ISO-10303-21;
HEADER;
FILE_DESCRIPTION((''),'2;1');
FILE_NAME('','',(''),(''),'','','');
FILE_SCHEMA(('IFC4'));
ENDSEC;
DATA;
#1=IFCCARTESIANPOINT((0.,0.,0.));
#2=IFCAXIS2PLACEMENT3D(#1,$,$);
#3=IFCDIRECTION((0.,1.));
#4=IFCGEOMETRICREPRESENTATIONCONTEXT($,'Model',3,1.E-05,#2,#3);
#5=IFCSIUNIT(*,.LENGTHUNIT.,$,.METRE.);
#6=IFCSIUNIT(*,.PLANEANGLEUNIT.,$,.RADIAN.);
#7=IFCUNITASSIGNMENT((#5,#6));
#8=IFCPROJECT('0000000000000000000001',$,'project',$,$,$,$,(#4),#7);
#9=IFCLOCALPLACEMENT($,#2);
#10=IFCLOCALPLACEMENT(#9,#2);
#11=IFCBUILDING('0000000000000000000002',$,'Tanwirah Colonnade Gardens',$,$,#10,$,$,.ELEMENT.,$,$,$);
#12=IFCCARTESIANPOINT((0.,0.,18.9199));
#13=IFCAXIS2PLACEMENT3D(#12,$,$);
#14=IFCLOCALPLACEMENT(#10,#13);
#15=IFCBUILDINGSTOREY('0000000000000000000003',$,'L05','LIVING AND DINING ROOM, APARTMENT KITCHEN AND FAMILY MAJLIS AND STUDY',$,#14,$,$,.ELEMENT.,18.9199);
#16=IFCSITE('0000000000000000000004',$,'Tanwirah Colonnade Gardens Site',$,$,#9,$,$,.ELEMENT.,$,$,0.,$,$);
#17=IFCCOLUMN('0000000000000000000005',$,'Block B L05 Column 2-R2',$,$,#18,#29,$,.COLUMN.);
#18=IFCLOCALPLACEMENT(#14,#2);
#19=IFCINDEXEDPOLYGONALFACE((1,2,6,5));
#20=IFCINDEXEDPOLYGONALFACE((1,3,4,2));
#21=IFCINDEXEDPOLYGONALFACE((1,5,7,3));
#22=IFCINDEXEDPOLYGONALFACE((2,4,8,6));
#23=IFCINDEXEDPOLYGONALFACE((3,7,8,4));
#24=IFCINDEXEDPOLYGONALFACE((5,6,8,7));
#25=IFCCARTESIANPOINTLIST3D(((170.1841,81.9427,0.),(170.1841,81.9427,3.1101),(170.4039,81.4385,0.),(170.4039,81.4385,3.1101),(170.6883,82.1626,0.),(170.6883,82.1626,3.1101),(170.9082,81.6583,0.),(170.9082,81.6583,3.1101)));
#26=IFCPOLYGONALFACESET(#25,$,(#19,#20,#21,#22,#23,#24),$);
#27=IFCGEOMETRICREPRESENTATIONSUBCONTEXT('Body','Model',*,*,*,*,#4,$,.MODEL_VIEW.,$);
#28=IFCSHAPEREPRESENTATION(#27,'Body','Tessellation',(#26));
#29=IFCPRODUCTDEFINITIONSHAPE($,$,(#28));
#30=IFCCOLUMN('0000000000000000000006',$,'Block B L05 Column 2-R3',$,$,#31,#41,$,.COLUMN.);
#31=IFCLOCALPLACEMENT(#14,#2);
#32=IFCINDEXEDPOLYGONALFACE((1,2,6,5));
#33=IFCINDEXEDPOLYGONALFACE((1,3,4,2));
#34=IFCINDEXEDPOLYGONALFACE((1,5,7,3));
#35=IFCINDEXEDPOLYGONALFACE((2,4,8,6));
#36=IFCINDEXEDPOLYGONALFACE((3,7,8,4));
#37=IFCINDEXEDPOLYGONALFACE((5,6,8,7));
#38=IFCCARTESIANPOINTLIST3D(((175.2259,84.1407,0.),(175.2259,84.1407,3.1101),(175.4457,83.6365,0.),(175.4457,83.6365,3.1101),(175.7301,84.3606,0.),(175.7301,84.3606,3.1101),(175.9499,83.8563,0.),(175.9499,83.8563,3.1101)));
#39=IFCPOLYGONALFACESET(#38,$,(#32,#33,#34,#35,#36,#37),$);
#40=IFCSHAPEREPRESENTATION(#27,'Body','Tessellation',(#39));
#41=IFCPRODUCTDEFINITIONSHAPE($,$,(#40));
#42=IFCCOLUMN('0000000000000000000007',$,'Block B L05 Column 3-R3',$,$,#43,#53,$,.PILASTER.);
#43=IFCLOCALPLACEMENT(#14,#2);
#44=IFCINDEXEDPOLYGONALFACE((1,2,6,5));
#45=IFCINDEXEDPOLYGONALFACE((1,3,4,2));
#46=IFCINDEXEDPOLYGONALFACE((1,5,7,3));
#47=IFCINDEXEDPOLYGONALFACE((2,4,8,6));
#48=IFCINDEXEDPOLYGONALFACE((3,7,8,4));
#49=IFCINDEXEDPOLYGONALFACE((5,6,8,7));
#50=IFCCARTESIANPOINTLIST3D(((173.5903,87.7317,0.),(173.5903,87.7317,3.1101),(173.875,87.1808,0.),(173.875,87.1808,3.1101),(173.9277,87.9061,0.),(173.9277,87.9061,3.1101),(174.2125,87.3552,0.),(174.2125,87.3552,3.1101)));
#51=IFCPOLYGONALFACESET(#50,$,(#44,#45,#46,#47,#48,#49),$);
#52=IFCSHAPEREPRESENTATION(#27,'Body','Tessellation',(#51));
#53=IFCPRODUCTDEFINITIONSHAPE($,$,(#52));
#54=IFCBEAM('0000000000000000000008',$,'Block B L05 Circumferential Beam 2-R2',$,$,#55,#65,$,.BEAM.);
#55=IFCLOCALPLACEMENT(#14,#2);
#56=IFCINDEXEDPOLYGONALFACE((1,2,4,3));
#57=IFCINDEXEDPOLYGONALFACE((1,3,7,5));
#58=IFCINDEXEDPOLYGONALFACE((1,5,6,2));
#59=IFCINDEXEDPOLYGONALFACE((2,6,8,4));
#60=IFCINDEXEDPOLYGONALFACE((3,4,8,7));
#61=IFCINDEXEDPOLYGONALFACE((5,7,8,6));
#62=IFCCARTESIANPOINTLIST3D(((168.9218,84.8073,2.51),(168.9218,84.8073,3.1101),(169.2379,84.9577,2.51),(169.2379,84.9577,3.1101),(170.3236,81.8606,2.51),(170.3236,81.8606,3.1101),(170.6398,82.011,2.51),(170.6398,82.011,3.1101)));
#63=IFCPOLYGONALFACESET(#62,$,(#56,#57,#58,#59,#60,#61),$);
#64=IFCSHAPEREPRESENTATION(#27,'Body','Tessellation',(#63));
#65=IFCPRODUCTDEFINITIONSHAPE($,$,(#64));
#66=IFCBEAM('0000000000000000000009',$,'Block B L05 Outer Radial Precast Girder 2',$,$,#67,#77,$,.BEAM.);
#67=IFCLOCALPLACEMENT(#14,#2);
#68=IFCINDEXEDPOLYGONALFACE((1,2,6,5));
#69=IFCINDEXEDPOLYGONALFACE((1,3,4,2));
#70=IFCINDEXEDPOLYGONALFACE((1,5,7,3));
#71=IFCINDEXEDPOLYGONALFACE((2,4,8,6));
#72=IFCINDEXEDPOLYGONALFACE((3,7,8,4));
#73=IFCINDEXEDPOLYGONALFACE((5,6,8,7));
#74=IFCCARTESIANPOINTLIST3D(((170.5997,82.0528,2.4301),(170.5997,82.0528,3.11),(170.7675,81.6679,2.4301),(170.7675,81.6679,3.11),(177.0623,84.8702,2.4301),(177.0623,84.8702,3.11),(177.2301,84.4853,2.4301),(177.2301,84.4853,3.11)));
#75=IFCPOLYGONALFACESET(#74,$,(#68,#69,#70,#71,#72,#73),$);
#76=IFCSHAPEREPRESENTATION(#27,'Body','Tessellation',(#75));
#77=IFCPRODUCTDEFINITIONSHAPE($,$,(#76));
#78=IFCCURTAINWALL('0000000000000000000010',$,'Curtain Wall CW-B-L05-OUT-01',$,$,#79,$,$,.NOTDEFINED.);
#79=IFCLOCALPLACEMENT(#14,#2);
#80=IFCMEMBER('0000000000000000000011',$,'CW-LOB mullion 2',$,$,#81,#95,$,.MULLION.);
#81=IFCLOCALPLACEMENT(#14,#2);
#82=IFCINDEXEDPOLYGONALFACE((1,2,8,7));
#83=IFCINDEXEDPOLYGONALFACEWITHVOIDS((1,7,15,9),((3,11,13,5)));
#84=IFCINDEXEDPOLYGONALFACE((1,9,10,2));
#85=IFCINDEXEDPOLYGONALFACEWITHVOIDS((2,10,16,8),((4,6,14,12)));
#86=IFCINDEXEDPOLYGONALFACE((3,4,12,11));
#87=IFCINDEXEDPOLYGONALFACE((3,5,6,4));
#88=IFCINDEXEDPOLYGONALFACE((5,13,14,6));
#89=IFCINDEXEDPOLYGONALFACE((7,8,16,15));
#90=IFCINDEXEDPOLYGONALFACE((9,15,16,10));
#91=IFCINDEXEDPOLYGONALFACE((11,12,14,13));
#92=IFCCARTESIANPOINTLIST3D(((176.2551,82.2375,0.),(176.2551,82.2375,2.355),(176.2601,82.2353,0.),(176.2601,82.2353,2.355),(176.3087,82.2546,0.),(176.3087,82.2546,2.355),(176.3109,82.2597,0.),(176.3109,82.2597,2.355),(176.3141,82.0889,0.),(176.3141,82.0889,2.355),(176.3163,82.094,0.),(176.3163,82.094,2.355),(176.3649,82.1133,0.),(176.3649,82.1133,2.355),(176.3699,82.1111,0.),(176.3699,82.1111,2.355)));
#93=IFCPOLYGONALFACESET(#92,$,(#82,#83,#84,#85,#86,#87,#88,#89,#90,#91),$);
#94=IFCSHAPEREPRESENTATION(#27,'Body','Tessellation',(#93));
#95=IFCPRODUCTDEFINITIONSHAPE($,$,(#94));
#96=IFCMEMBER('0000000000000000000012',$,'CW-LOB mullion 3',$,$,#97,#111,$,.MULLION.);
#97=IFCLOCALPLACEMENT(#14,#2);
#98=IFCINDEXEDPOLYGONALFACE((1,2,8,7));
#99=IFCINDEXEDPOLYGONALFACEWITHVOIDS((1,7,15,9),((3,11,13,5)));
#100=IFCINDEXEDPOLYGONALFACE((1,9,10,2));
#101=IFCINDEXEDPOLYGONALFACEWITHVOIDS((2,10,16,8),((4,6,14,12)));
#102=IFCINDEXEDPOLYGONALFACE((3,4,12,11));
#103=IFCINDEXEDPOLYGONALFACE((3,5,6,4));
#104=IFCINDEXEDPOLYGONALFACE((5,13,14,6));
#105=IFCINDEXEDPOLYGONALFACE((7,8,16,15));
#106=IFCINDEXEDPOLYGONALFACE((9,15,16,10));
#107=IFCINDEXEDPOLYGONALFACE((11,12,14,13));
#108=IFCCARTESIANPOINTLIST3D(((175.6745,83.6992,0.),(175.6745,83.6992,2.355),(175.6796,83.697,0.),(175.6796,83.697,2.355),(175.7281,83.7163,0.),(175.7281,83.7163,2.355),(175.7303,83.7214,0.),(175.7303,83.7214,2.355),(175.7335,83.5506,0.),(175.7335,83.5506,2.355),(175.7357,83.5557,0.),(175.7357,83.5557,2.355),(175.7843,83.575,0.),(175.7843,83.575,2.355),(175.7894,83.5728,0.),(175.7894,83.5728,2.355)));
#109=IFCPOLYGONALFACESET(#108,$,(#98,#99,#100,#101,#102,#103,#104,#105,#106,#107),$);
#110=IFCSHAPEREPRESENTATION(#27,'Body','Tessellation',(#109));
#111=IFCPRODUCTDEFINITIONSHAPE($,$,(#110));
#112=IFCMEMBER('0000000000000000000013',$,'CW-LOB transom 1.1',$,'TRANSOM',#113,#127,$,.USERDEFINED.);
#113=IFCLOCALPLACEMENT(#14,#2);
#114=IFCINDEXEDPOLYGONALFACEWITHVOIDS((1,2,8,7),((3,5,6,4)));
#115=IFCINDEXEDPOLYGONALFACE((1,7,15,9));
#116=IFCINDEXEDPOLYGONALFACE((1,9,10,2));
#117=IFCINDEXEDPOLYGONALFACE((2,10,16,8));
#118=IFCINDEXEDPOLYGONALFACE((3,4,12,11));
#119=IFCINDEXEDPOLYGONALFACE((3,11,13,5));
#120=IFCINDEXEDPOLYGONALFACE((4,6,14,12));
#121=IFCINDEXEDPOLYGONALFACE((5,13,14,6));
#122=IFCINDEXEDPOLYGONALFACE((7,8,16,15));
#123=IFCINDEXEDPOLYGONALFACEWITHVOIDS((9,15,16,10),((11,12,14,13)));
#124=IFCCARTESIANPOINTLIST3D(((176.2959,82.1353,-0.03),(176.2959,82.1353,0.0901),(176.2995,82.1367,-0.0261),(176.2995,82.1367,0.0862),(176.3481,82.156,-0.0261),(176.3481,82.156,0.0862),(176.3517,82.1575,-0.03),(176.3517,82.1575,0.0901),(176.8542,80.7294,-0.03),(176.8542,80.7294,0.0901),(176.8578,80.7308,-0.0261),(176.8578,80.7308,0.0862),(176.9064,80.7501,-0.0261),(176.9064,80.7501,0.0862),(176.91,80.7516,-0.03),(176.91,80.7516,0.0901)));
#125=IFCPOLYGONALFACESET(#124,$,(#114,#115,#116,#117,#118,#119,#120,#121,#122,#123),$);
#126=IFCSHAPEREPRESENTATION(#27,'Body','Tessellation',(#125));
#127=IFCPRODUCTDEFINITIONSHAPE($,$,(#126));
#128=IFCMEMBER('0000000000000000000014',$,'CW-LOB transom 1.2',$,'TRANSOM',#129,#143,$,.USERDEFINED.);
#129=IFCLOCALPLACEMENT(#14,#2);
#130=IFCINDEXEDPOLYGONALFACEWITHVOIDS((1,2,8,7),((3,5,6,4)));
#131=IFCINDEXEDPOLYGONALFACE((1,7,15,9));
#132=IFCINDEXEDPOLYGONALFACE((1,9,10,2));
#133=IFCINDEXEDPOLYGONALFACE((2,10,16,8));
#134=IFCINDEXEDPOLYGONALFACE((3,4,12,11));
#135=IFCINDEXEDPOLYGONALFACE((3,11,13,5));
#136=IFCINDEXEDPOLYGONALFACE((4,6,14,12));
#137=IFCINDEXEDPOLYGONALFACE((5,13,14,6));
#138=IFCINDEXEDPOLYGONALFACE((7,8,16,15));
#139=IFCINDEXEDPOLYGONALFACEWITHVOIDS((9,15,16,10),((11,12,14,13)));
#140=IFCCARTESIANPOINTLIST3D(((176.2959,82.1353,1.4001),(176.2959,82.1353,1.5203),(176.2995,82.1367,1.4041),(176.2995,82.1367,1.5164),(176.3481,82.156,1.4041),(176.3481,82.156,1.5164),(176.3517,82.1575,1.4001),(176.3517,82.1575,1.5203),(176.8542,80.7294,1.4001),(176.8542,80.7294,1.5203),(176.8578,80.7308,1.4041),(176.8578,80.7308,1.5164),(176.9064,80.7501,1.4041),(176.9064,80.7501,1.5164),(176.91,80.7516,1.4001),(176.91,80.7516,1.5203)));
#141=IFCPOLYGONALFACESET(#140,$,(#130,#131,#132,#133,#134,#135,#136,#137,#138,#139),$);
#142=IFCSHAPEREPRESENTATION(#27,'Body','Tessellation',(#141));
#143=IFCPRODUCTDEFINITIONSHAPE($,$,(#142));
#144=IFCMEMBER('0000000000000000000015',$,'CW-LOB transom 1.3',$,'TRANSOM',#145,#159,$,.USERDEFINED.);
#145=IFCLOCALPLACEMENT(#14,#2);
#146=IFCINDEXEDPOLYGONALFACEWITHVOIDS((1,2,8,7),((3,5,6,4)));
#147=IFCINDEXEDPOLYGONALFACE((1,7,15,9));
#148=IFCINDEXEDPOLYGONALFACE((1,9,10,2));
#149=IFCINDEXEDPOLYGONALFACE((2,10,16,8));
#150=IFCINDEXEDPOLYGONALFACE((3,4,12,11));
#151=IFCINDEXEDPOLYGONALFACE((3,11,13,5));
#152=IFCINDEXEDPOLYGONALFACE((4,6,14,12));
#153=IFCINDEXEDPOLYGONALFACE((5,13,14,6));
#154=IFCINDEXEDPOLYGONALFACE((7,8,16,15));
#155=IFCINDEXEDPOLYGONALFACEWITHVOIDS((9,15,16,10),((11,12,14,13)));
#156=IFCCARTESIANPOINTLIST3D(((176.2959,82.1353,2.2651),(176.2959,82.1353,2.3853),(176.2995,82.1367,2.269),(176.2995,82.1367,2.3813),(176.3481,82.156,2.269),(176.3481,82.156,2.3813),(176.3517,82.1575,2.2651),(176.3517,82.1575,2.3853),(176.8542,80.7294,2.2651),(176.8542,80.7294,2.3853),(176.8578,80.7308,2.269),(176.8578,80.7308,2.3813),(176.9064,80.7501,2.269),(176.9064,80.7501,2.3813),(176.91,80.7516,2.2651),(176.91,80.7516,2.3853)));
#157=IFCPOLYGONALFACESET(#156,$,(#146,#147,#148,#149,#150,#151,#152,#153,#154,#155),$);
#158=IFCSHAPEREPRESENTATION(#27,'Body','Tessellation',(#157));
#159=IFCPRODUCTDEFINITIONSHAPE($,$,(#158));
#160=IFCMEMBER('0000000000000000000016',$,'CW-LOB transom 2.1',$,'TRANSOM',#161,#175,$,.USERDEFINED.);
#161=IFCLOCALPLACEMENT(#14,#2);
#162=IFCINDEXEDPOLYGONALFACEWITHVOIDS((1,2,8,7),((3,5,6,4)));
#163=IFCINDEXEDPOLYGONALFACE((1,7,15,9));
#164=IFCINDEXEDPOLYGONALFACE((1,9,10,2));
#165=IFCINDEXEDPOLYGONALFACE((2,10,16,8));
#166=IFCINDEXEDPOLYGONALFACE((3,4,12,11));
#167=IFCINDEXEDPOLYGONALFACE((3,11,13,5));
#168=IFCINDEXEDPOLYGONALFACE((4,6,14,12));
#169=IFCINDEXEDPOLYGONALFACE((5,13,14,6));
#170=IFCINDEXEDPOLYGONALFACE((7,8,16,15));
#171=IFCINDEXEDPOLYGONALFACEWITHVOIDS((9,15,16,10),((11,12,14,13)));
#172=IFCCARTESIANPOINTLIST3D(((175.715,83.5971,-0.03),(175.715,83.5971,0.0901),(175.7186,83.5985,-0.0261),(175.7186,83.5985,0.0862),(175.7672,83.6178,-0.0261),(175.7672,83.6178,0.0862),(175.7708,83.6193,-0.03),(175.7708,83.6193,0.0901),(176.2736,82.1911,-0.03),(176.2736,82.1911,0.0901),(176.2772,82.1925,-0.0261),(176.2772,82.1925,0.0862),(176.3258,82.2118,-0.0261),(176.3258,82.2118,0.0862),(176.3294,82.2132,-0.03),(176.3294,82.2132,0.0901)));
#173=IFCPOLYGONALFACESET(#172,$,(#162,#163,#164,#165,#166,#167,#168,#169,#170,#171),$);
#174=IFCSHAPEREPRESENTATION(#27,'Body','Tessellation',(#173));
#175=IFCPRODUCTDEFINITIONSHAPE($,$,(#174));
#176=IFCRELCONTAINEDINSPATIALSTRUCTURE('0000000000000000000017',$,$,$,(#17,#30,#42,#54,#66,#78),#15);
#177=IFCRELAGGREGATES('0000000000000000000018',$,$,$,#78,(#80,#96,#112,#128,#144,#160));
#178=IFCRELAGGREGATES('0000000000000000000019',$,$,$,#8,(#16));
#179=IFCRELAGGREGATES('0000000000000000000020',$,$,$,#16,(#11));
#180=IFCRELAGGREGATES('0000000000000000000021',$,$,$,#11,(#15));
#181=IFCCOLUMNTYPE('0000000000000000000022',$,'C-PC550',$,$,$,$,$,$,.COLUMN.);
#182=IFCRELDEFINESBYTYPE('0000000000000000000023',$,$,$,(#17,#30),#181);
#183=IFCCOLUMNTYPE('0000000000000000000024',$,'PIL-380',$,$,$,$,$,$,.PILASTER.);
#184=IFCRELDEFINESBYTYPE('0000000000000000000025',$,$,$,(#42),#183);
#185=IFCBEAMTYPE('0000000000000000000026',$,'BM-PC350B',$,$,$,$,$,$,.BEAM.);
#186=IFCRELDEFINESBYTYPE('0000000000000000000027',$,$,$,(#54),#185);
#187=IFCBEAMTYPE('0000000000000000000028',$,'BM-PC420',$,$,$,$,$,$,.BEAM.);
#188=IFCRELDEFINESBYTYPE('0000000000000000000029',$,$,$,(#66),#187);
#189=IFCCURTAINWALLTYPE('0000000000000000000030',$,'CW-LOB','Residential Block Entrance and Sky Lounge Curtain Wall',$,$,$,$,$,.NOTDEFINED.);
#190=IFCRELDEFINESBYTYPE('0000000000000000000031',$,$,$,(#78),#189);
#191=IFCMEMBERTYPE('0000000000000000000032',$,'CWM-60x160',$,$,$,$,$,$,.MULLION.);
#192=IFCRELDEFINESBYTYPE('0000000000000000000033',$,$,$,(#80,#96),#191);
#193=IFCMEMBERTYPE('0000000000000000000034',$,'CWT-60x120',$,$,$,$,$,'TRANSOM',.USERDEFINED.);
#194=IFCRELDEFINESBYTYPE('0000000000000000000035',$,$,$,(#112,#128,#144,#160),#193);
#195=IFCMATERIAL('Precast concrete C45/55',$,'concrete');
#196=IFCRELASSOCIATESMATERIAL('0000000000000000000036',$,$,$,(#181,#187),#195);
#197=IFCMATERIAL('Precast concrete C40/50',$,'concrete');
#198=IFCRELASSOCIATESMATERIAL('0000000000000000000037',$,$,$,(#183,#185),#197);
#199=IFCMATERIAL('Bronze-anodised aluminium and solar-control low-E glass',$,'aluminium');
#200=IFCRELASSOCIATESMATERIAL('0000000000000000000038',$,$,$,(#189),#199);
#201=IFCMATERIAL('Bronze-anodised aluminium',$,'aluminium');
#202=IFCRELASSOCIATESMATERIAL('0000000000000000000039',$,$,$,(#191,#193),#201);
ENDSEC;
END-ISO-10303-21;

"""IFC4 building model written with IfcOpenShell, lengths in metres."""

from ifc_helpers import new_model, si_unit, direction, frame, origin, origin_2d, place, context, subcontext, project, spatial, rectangle, hollow_rectangle, extrude, material, material_profile, profile_set, type_object, element, aggregate, save


model = new_model("IFC4")

# Units and contexts
model_context = context("Model", 3, precision=1e-05, world=origin(), true_north=direction((0.0, 1.0)))
body_context = subcontext(model_context, "Body", "Model", "MODEL_VIEW")
ifc_project = project(units=[si_unit("LENGTHUNIT", "METRE"), si_unit("PLANEANGLEUNIT", "RADIAN")], contexts=[model_context])

# Site, building, storey
site_placement = place(None, origin())
site = spatial("IfcSite", under=ifc_project, at=site_placement, Name="Tanwirah Colonnade Gardens Site", CompositionType="ELEMENT", RefElevation=0.0)
building_placement = place(site_placement, origin())
building = spatial("IfcBuilding", under=site, at=building_placement, Name="Tanwirah Colonnade Gardens", CompositionType="ELEMENT")
storey_placement = place(building_placement, frame((0.0, 0.0, 18.9199)))
storey = spatial("IfcBuildingStorey", under=building, at=storey_placement, Name="L05", Description="LIVING AND DINING ROOM, APARTMENT KITCHEN AND FAMILY MAJLIS AND STUDY", CompositionType="ELEMENT", Elevation=18.9199)

# Columns
ifc_material_1 = material(Name="Precast concrete C45/55", Category="concrete")
ifc_material_profile_1 = material_profile(ifc_material_1, rectangle(XDim=0.55, YDim=0.55, at=origin_2d()), Name="PC-COL 550x550")
ifc_profile_set_1 = profile_set([ifc_material_profile_1], Name="Precast concrete C45/55")
column_type_1 = type_object("IfcColumnType", Name="C-PC550", PredefinedType="COLUMN", material=ifc_profile_set_1)
for number, where, z_axis, x_axis, name in (
    (1, (170.5461, 81.8005, 0.0), (0.0, 0.0, 1.0), (0.916673, 0.399638, 0.0), "Block B L05 Column 2-R2"),
    (2, (175.5879, 83.9985, 0.0), (0.0, 0.0, 1.0), (0.916673, 0.399638, 0.0), "Block B L05 Column 2-R3"),
):
    element("IfcColumn", number, at=place(storey_placement, frame(where, z_axis=z_axis, x_axis=x_axis)), inside=storey, type_object=column_type_1, Name=name, PredefinedType="COLUMN", context=body_context, shape_type="SweptSolid", body=[
        extrude(rectangle(XDim=0.55, YDim=0.55, at=origin_2d()), origin(), (0.0, 0.0, 1.0), 3.1101),
    ])
ifc_material_2 = material(Name="Precast concrete C40/50", Category="concrete")
ifc_material_profile_2 = material_profile(ifc_material_2, rectangle(XDim=0.3799, YDim=0.6201, at=origin_2d()), Name="PC-PIL 380x620")
ifc_profile_set_2 = profile_set([ifc_material_profile_2], Name="Precast concrete C40/50")
column_type_2 = type_object("IfcColumnType", Name="PIL-380", PredefinedType="PILASTER", material=ifc_profile_set_2)
column_placement = place(storey_placement, frame((173.9014, 87.5435, 0.0), z_axis=(0.0, 0.0, 1.0), x_axis=(0.88835, 0.459166, 0.0)))
element("IfcColumn", 3, at=column_placement, inside=storey, type_object=column_type_2, Name="Block B L05 Column 3-R3", PredefinedType="PILASTER", context=body_context, shape_type="SweptSolid", body=[
    extrude(rectangle(XDim=0.3799, YDim=0.6201, at=origin_2d()), origin(), (0.0, 0.0, 1.0), 3.1101),
])

# Beams
ifc_material_profile_3 = material_profile(ifc_material_2, rectangle(XDim=0.3501, YDim=0.6001, at=origin_2d()), Name="PC-BM 350x600")
ifc_profile_set_3 = profile_set([ifc_material_profile_3], Name="Precast concrete C40/50")
beam_type_1 = type_object("IfcBeamType", Name="BM-PC350B", PredefinedType="BEAM", material=ifc_profile_set_3)
beam_1_placement = place(storey_placement, frame((170.4817, 81.9358, 2.8101), z_axis=(-0.429591, 0.903024, 0.0), x_axis=(-0.903024, -0.429591, 0.0)))
element("IfcBeam", 4, at=beam_1_placement, inside=storey, type_object=beam_type_1, Name="Block B L05 Circumferential Beam 2-R2", PredefinedType="BEAM", context=body_context, shape_type="SweptSolid", body=[
    extrude(rectangle(XDim=0.3501, YDim=0.6001, at=origin_2d()), origin(), (0.0, 0.0, 1.0), 3.2632),
])
ifc_material_profile_4 = material_profile(ifc_material_1, rectangle(XDim=0.4199, YDim=0.6799, at=origin_2d()), Name="PC-BM 420x680")
ifc_profile_set_4 = profile_set([ifc_material_profile_4], Name="Precast concrete C45/55")
beam_type_2 = type_object("IfcBeamType", Name="BM-PC420", PredefinedType="BEAM", material=ifc_profile_set_4)
beam_2_placement = place(storey_placement, frame((170.6836, 81.8604, 2.77), z_axis=(0.916679, 0.399625, 0.0), x_axis=(-0.399625, 0.916679, 0.0)))
element("IfcBeam", 5, at=beam_2_placement, inside=storey, type_object=beam_type_2, Name="Block B L05 Outer Radial Precast Girder 2", PredefinedType="BEAM", context=body_context, shape_type="SweptSolid", body=[
    extrude(rectangle(XDim=0.4199, YDim=0.6799, at=origin_2d()), origin(), (0.0, 0.0, 1.0), 7.05),
])

# Curtain wall, members
ifc_material_3 = material(Name="Bronze-anodised aluminium and solar-control low-E glass", Category="aluminium")
curtain_wall_type = type_object("IfcCurtainWallType", Name="CW-LOB", Description="Residential Block Entrance and Sky Lounge Curtain Wall", PredefinedType="NOTDEFINED", material=ifc_material_3)
curtain_wall_placement = place(storey_placement, origin())
curtain_wall = element("IfcCurtainWall", 6, at=curtain_wall_placement, inside=storey, type_object=curtain_wall_type, Name="Curtain Wall CW-B-L05-OUT-01", PredefinedType="NOTDEFINED")
ifc_material_4 = material(Name="Bronze-anodised aluminium", Category="aluminium")
ifc_material_profile_5 = material_profile(ifc_material_4, hollow_rectangle(XDim=0.0601, YDim=0.1599, WallThickness=0.0039, at=origin_2d()), Name="CW-MUL 60x160x4")
ifc_profile_set_5 = profile_set([ifc_material_profile_5], Name="Bronze-anodised aluminium")
member_type_1 = type_object("IfcMemberType", Name="CWM-60x160", PredefinedType="MULLION", material=ifc_profile_set_5)
member_1_placement = place(storey_placement, frame((176.3125, 82.1743, 0.0), z_axis=(0.0, 0.0, 1.0), x_axis=(-0.929348, -0.369206, 0.0)))
member_1 = element("IfcMember", 7, at=member_1_placement, type_object=member_type_1, Name="CW-LOB mullion 2", PredefinedType="MULLION", context=body_context, shape_type="SweptSolid", body=[
    extrude(hollow_rectangle(XDim=0.0601, YDim=0.1599, WallThickness=0.0039, at=origin_2d()), origin(), (0.0, 0.0, 1.0), 2.355),
])
member_2_placement = place(storey_placement, frame((175.7319, 83.636, 0.0), z_axis=(0.0, 0.0, 1.0), x_axis=(-0.929348, -0.369206, 0.0)))
member_2 = element("IfcMember", 8, at=member_2_placement, type_object=member_type_1, Name="CW-LOB mullion 3", PredefinedType="MULLION", context=body_context, shape_type="SweptSolid", body=[
    extrude(hollow_rectangle(XDim=0.0601, YDim=0.1599, WallThickness=0.0039, at=origin_2d()), origin(), (0.0, 0.0, 1.0), 2.355),
])
ifc_material_profile_6 = material_profile(ifc_material_4, hollow_rectangle(XDim=0.0601, YDim=0.1201, WallThickness=0.0039, at=origin_2d()), Name="CW-TRN 60x120x4")
ifc_profile_set_6 = profile_set([ifc_material_profile_6], Name="Bronze-anodised aluminium")
member_type_2 = type_object("IfcMemberType", Name="CWT-60x120", ElementType="TRANSOM", PredefinedType="USERDEFINED", material=ifc_profile_set_6)
member_3_placement = place(storey_placement, frame((176.8821, 80.7405, 0.03), z_axis=(-0.36908, 0.929398, 0.0), x_axis=(-0.929398, -0.36908, 0.0)))
member_3 = element("IfcMember", 9, at=member_3_placement, type_object=member_type_2, Name="CW-LOB transom 1.1", ObjectType="TRANSOM", PredefinedType="USERDEFINED", context=body_context, shape_type="SweptSolid", body=[
    extrude(hollow_rectangle(XDim=0.0601, YDim=0.1201, WallThickness=0.0039, at=origin_2d()), origin(), (0.0, 0.0, 1.0), 1.5127),
])
member_4_placement = place(storey_placement, frame((176.8821, 80.7405, 1.4602), z_axis=(-0.36908, 0.929398, 0.0), x_axis=(-0.929398, -0.36908, 0.0)))
member_4 = element("IfcMember", 10, at=member_4_placement, type_object=member_type_2, Name="CW-LOB transom 1.2", ObjectType="TRANSOM", PredefinedType="USERDEFINED", context=body_context, shape_type="SweptSolid", body=[
    extrude(hollow_rectangle(XDim=0.0601, YDim=0.1201, WallThickness=0.0039, at=origin_2d()), origin(), (0.0, 0.0, 1.0), 1.5127),
])
member_5_placement = place(storey_placement, frame((176.8821, 80.7405, 2.3252), z_axis=(-0.36908, 0.929398, 0.0), x_axis=(-0.929398, -0.36908, 0.0)))
member_5 = element("IfcMember", 11, at=member_5_placement, type_object=member_type_2, Name="CW-LOB transom 1.3", ObjectType="TRANSOM", PredefinedType="USERDEFINED", context=body_context, shape_type="SweptSolid", body=[
    extrude(hollow_rectangle(XDim=0.0601, YDim=0.1201, WallThickness=0.0039, at=origin_2d()), origin(), (0.0, 0.0, 1.0), 1.5127),
])
member_6_placement = place(storey_placement, frame((176.3015, 82.2021, 0.03), z_axis=(-0.369219, 0.929342, 0.0), x_axis=(-0.929342, -0.369219, 0.0)))
member_6 = element("IfcMember", 12, at=member_6_placement, type_object=member_type_2, Name="CW-LOB transom 2.1", ObjectType="TRANSOM", PredefinedType="USERDEFINED", context=body_context, shape_type="SweptSolid", body=[
    extrude(hollow_rectangle(XDim=0.0601, YDim=0.1201, WallThickness=0.0039, at=origin_2d()), origin(), (0.0, 0.0, 1.0), 1.5129),
])

aggregate(curtain_wall, [member_1, member_2, member_3, member_4, member_5, member_6])

save(model, "model.ifc")
